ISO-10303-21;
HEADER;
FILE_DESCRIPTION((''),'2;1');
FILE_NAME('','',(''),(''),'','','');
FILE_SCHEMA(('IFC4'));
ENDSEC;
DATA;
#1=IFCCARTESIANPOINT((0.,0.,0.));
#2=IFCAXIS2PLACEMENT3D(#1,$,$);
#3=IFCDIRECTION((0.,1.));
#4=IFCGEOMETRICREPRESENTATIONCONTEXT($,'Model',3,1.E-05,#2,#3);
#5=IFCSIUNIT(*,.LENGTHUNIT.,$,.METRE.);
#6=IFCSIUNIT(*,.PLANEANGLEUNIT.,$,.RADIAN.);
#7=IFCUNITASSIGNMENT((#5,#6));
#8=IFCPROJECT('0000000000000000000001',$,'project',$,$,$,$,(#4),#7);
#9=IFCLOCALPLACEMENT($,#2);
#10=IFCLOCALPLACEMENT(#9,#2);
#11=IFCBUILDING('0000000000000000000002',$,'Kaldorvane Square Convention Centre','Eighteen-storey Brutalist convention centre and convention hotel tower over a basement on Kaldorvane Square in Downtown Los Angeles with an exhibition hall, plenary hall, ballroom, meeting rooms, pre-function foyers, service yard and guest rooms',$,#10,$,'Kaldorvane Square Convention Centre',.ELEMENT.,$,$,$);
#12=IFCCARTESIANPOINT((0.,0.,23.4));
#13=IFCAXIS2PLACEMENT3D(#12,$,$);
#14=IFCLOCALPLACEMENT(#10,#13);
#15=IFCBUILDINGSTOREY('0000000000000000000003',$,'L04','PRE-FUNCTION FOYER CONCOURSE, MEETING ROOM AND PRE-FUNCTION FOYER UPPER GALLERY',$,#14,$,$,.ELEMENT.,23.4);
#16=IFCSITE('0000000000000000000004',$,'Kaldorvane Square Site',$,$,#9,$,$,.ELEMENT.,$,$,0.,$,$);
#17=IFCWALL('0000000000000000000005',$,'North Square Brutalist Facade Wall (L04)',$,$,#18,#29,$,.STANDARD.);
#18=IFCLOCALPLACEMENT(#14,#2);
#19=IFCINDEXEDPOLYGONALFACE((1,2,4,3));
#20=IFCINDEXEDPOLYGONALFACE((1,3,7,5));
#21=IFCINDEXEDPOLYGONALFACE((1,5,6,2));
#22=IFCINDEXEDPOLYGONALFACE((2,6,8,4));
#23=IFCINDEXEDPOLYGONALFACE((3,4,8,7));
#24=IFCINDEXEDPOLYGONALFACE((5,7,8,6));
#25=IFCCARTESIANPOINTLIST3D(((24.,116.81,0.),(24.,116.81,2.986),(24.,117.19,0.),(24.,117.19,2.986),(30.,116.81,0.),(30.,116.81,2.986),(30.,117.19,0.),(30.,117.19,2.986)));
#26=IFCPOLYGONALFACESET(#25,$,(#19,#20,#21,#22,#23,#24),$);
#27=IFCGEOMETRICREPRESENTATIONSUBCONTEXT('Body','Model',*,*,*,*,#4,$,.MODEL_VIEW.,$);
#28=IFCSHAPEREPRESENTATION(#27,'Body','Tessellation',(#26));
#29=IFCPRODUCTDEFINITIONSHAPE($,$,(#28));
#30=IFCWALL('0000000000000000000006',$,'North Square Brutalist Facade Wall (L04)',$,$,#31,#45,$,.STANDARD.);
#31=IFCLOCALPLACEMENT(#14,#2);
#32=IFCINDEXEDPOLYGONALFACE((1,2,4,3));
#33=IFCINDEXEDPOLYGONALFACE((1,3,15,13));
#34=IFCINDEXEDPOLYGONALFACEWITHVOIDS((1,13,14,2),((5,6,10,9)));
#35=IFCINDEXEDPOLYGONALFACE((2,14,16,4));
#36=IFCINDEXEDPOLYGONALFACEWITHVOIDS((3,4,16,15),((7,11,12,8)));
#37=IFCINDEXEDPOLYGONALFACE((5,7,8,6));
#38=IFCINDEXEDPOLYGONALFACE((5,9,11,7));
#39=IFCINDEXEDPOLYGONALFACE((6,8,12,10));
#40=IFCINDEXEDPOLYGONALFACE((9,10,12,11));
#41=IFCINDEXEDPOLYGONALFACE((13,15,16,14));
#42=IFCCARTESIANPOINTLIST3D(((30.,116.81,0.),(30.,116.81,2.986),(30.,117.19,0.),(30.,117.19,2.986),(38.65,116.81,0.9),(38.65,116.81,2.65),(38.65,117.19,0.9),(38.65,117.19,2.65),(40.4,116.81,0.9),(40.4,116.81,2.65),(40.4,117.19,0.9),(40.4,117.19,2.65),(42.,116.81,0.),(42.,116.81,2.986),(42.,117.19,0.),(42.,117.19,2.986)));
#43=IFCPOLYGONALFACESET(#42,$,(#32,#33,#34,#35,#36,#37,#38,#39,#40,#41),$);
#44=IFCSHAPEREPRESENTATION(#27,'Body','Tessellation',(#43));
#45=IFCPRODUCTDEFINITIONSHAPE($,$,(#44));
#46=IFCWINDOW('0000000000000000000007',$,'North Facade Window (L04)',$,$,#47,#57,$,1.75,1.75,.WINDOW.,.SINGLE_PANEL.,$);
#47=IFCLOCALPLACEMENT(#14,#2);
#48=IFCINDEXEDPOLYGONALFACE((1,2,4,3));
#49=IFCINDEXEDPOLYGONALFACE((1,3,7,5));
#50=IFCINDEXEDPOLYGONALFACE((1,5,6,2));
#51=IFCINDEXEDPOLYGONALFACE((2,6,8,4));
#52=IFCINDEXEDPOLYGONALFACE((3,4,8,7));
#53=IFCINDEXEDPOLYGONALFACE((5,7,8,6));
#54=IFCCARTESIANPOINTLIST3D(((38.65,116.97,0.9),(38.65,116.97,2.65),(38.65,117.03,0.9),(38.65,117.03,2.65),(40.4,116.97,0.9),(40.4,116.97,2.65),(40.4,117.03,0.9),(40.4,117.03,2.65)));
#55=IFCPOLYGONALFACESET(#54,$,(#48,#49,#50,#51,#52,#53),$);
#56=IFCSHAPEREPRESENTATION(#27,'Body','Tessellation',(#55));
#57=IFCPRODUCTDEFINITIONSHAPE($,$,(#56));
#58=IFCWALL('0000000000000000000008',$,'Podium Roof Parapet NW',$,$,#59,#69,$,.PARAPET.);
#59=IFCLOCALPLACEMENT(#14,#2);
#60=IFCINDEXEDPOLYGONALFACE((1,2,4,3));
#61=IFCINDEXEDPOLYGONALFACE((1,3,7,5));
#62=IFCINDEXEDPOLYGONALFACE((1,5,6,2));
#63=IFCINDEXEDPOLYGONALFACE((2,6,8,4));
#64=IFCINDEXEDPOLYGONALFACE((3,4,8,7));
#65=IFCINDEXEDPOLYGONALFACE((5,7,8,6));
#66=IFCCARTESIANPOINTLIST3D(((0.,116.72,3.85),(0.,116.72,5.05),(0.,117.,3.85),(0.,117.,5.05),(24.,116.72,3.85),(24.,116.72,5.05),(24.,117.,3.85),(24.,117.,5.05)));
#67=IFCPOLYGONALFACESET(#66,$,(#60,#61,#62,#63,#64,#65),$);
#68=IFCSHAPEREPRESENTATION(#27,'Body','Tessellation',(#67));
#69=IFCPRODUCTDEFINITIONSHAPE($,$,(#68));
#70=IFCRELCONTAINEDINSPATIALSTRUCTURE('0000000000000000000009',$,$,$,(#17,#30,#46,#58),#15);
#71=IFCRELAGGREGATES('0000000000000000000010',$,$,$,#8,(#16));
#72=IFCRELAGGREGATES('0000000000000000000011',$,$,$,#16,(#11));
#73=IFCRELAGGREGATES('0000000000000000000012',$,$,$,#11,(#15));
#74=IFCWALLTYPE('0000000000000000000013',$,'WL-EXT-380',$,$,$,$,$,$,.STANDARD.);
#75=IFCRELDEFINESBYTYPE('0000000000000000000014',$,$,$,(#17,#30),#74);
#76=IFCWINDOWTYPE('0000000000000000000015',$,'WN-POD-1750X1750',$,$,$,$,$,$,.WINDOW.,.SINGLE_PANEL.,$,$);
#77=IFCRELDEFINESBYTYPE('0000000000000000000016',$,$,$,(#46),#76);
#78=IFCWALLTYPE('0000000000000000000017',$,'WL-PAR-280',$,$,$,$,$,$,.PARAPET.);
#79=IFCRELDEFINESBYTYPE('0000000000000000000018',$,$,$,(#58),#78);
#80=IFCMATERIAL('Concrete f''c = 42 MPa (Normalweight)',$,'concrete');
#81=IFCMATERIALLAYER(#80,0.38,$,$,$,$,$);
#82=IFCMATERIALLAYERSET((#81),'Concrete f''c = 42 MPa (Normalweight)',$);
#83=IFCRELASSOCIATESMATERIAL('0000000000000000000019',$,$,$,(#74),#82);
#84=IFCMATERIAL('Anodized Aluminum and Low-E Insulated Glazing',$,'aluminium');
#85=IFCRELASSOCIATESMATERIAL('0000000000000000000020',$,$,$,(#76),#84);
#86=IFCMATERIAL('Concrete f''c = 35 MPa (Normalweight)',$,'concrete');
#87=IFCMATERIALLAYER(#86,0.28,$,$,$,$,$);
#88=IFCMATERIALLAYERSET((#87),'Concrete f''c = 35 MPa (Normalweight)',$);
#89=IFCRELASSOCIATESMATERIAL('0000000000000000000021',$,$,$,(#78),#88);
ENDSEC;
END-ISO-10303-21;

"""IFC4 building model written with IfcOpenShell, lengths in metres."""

from ifc_helpers import new_model, si_unit, direction, frame, frame_2d, origin, place, context, subcontext, project, spatial, rectangle, extrude, material, layer, layer_set, type_object, element, fill, save


model = new_model("IFC4")

# Units and contexts
model_context = context("Model", 3, precision=1e-05, world=origin(), true_north=direction((0.0, 1.0)))
body_context = subcontext(model_context, "Body", "Model", "MODEL_VIEW")
ifc_project = project(units=[si_unit("LENGTHUNIT", "METRE"), si_unit("PLANEANGLEUNIT", "RADIAN")], contexts=[model_context])

# Site, building, storey
site_placement = place(None, origin())
site = spatial("IfcSite", under=ifc_project, at=site_placement, Name="Kaldorvane Square Site", CompositionType="ELEMENT", RefElevation=0.0)
building_placement = place(site_placement, origin())
building = spatial("IfcBuilding", under=site, at=building_placement, Name="Kaldorvane Square Convention Centre", Description="Eighteen-storey Brutalist convention centre and convention hotel tower over a basement on Kaldorvane Square in Downtown Los Angeles with an exhibition hall, plenary hall, ballroom, meeting rooms, pre-function foyers, service yard and guest rooms", LongName="Kaldorvane Square Convention Centre", CompositionType="ELEMENT")
storey_placement = place(building_placement, frame((0.0, 0.0, 23.4)))
storey = spatial("IfcBuildingStorey", under=building, at=storey_placement, Name="L04", Description="PRE-FUNCTION FOYER CONCOURSE, MEETING ROOM AND PRE-FUNCTION FOYER UPPER GALLERY", CompositionType="ELEMENT", Elevation=23.4)

# Shared definitions
ifc_material_1 = material(Name="Concrete f'c = 42 MPa (Normalweight)", Category="concrete")

# Shared definitions
ifc_layer_1 = layer(ifc_material_1, 0.38)
ifc_layer_set_1 = layer_set([ifc_layer_1], Name="Concrete f'c = 42 MPa (Normalweight)")
wall_type_1 = type_object("IfcWallType", Name="WL-EXT-380", PredefinedType="STANDARD", material=ifc_layer_set_1)
ifc_material_2 = material(Name="Anodized Aluminum and Low-E Insulated Glazing", Category="aluminium")
window_type = type_object("IfcWindowType", Name="WN-POD-1750X1750", PartitioningType="SINGLE_PANEL", PredefinedType="WINDOW", material=ifc_material_2)

# Wall
wall_1_placement = place(storey_placement, frame((30.0, 117.0, 0.0), z_axis=(0.0, 0.0, 1.0), x_axis=(-1.0, 0.0, 0.0)))
element("IfcWall", 1, at=wall_1_placement, inside=storey, type_object=wall_type_1, Name="North Square Brutalist Facade Wall (L04)", PredefinedType="STANDARD", context=body_context, shape_type="SweptSolid", body=[
    extrude(rectangle(XDim=6.0, YDim=0.38, at=frame_2d((3.0, 0.0))), origin(), (0.0, 0.0, 1.0), 2.986),
])

# Wall, opening, window
wall_2_placement = place(storey_placement, frame((42.0, 117.0, 0.0), z_axis=(0.0, 0.0, 1.0), x_axis=(-1.0, 0.0, 0.0)))
wall_2 = element("IfcWall", 2, at=wall_2_placement, inside=storey, type_object=wall_type_1, Name="North Square Brutalist Facade Wall (L04)", PredefinedType="STANDARD", context=body_context, shape_type="SweptSolid", body=[
    extrude(rectangle(XDim=12.0, YDim=0.38, at=frame_2d((6.0, 0.0))), origin(), (0.0, 0.0, 1.0), 2.986),
])
opening_1_placement = place(wall_2_placement, frame((1.6, 0.0, 0.9)))
opening_1 = element("IfcOpeningElement", 3, at=opening_1_placement, cuts=wall_2, PredefinedType="OPENING", context=body_context, shape_type="SweptSolid", body=[
    extrude(rectangle(XDim=1.75, YDim=1.75, at=frame_2d((0.875, 0.875))), frame((0.0, 0.205, 0.0), z_axis=(0.0, -1.0, 0.0), x_axis=(1.0, 0.0, 0.0)), (0.0, 0.0, 1.0), 0.41),
])
window_1_placement = place(opening_1_placement, origin())
window_1 = element("IfcWindow", 4, at=window_1_placement, inside=storey, type_object=window_type, Name="North Facade Window (L04)", OverallHeight=1.75, OverallWidth=1.75, PartitioningType="SINGLE_PANEL", PredefinedType="WINDOW", context=body_context, shape_type="SweptSolid", body=[
    extrude(rectangle(XDim=1.75, YDim=1.75, at=frame_2d((0.875, 0.875))), frame((0.0, 0.03, 0.0), z_axis=(0.0, -1.0, 0.0), x_axis=(1.0, 0.0, 0.0)), (0.0, 0.0, 1.0), 0.06),
])
fill(opening_1, window_1)

# Wall
ifc_material_3 = material(Name="Concrete f'c = 35 MPa (Normalweight)", Category="concrete")
ifc_layer_2 = layer(ifc_material_3, 0.28)
ifc_layer_set_2 = layer_set([ifc_layer_2], Name="Concrete f'c = 35 MPa (Normalweight)")
wall_type_2 = type_object("IfcWallType", Name="WL-PAR-280", PredefinedType="PARAPET", material=ifc_layer_set_2)
wall_3_placement = place(storey_placement, frame((24.0, 116.86, 3.85), z_axis=(0.0, 0.0, 1.0), x_axis=(-1.0, 0.0, 0.0)))
element("IfcWall", 5, at=wall_3_placement, inside=storey, type_object=wall_type_2, Name="Podium Roof Parapet NW", PredefinedType="PARAPET", context=body_context, shape_type="SweptSolid", body=[
    extrude(rectangle(XDim=24.0, YDim=0.28, at=frame_2d((12.0, 0.0))), origin(), (0.0, 0.0, 1.0), 1.2),
])

save(model, "model.ifc")
